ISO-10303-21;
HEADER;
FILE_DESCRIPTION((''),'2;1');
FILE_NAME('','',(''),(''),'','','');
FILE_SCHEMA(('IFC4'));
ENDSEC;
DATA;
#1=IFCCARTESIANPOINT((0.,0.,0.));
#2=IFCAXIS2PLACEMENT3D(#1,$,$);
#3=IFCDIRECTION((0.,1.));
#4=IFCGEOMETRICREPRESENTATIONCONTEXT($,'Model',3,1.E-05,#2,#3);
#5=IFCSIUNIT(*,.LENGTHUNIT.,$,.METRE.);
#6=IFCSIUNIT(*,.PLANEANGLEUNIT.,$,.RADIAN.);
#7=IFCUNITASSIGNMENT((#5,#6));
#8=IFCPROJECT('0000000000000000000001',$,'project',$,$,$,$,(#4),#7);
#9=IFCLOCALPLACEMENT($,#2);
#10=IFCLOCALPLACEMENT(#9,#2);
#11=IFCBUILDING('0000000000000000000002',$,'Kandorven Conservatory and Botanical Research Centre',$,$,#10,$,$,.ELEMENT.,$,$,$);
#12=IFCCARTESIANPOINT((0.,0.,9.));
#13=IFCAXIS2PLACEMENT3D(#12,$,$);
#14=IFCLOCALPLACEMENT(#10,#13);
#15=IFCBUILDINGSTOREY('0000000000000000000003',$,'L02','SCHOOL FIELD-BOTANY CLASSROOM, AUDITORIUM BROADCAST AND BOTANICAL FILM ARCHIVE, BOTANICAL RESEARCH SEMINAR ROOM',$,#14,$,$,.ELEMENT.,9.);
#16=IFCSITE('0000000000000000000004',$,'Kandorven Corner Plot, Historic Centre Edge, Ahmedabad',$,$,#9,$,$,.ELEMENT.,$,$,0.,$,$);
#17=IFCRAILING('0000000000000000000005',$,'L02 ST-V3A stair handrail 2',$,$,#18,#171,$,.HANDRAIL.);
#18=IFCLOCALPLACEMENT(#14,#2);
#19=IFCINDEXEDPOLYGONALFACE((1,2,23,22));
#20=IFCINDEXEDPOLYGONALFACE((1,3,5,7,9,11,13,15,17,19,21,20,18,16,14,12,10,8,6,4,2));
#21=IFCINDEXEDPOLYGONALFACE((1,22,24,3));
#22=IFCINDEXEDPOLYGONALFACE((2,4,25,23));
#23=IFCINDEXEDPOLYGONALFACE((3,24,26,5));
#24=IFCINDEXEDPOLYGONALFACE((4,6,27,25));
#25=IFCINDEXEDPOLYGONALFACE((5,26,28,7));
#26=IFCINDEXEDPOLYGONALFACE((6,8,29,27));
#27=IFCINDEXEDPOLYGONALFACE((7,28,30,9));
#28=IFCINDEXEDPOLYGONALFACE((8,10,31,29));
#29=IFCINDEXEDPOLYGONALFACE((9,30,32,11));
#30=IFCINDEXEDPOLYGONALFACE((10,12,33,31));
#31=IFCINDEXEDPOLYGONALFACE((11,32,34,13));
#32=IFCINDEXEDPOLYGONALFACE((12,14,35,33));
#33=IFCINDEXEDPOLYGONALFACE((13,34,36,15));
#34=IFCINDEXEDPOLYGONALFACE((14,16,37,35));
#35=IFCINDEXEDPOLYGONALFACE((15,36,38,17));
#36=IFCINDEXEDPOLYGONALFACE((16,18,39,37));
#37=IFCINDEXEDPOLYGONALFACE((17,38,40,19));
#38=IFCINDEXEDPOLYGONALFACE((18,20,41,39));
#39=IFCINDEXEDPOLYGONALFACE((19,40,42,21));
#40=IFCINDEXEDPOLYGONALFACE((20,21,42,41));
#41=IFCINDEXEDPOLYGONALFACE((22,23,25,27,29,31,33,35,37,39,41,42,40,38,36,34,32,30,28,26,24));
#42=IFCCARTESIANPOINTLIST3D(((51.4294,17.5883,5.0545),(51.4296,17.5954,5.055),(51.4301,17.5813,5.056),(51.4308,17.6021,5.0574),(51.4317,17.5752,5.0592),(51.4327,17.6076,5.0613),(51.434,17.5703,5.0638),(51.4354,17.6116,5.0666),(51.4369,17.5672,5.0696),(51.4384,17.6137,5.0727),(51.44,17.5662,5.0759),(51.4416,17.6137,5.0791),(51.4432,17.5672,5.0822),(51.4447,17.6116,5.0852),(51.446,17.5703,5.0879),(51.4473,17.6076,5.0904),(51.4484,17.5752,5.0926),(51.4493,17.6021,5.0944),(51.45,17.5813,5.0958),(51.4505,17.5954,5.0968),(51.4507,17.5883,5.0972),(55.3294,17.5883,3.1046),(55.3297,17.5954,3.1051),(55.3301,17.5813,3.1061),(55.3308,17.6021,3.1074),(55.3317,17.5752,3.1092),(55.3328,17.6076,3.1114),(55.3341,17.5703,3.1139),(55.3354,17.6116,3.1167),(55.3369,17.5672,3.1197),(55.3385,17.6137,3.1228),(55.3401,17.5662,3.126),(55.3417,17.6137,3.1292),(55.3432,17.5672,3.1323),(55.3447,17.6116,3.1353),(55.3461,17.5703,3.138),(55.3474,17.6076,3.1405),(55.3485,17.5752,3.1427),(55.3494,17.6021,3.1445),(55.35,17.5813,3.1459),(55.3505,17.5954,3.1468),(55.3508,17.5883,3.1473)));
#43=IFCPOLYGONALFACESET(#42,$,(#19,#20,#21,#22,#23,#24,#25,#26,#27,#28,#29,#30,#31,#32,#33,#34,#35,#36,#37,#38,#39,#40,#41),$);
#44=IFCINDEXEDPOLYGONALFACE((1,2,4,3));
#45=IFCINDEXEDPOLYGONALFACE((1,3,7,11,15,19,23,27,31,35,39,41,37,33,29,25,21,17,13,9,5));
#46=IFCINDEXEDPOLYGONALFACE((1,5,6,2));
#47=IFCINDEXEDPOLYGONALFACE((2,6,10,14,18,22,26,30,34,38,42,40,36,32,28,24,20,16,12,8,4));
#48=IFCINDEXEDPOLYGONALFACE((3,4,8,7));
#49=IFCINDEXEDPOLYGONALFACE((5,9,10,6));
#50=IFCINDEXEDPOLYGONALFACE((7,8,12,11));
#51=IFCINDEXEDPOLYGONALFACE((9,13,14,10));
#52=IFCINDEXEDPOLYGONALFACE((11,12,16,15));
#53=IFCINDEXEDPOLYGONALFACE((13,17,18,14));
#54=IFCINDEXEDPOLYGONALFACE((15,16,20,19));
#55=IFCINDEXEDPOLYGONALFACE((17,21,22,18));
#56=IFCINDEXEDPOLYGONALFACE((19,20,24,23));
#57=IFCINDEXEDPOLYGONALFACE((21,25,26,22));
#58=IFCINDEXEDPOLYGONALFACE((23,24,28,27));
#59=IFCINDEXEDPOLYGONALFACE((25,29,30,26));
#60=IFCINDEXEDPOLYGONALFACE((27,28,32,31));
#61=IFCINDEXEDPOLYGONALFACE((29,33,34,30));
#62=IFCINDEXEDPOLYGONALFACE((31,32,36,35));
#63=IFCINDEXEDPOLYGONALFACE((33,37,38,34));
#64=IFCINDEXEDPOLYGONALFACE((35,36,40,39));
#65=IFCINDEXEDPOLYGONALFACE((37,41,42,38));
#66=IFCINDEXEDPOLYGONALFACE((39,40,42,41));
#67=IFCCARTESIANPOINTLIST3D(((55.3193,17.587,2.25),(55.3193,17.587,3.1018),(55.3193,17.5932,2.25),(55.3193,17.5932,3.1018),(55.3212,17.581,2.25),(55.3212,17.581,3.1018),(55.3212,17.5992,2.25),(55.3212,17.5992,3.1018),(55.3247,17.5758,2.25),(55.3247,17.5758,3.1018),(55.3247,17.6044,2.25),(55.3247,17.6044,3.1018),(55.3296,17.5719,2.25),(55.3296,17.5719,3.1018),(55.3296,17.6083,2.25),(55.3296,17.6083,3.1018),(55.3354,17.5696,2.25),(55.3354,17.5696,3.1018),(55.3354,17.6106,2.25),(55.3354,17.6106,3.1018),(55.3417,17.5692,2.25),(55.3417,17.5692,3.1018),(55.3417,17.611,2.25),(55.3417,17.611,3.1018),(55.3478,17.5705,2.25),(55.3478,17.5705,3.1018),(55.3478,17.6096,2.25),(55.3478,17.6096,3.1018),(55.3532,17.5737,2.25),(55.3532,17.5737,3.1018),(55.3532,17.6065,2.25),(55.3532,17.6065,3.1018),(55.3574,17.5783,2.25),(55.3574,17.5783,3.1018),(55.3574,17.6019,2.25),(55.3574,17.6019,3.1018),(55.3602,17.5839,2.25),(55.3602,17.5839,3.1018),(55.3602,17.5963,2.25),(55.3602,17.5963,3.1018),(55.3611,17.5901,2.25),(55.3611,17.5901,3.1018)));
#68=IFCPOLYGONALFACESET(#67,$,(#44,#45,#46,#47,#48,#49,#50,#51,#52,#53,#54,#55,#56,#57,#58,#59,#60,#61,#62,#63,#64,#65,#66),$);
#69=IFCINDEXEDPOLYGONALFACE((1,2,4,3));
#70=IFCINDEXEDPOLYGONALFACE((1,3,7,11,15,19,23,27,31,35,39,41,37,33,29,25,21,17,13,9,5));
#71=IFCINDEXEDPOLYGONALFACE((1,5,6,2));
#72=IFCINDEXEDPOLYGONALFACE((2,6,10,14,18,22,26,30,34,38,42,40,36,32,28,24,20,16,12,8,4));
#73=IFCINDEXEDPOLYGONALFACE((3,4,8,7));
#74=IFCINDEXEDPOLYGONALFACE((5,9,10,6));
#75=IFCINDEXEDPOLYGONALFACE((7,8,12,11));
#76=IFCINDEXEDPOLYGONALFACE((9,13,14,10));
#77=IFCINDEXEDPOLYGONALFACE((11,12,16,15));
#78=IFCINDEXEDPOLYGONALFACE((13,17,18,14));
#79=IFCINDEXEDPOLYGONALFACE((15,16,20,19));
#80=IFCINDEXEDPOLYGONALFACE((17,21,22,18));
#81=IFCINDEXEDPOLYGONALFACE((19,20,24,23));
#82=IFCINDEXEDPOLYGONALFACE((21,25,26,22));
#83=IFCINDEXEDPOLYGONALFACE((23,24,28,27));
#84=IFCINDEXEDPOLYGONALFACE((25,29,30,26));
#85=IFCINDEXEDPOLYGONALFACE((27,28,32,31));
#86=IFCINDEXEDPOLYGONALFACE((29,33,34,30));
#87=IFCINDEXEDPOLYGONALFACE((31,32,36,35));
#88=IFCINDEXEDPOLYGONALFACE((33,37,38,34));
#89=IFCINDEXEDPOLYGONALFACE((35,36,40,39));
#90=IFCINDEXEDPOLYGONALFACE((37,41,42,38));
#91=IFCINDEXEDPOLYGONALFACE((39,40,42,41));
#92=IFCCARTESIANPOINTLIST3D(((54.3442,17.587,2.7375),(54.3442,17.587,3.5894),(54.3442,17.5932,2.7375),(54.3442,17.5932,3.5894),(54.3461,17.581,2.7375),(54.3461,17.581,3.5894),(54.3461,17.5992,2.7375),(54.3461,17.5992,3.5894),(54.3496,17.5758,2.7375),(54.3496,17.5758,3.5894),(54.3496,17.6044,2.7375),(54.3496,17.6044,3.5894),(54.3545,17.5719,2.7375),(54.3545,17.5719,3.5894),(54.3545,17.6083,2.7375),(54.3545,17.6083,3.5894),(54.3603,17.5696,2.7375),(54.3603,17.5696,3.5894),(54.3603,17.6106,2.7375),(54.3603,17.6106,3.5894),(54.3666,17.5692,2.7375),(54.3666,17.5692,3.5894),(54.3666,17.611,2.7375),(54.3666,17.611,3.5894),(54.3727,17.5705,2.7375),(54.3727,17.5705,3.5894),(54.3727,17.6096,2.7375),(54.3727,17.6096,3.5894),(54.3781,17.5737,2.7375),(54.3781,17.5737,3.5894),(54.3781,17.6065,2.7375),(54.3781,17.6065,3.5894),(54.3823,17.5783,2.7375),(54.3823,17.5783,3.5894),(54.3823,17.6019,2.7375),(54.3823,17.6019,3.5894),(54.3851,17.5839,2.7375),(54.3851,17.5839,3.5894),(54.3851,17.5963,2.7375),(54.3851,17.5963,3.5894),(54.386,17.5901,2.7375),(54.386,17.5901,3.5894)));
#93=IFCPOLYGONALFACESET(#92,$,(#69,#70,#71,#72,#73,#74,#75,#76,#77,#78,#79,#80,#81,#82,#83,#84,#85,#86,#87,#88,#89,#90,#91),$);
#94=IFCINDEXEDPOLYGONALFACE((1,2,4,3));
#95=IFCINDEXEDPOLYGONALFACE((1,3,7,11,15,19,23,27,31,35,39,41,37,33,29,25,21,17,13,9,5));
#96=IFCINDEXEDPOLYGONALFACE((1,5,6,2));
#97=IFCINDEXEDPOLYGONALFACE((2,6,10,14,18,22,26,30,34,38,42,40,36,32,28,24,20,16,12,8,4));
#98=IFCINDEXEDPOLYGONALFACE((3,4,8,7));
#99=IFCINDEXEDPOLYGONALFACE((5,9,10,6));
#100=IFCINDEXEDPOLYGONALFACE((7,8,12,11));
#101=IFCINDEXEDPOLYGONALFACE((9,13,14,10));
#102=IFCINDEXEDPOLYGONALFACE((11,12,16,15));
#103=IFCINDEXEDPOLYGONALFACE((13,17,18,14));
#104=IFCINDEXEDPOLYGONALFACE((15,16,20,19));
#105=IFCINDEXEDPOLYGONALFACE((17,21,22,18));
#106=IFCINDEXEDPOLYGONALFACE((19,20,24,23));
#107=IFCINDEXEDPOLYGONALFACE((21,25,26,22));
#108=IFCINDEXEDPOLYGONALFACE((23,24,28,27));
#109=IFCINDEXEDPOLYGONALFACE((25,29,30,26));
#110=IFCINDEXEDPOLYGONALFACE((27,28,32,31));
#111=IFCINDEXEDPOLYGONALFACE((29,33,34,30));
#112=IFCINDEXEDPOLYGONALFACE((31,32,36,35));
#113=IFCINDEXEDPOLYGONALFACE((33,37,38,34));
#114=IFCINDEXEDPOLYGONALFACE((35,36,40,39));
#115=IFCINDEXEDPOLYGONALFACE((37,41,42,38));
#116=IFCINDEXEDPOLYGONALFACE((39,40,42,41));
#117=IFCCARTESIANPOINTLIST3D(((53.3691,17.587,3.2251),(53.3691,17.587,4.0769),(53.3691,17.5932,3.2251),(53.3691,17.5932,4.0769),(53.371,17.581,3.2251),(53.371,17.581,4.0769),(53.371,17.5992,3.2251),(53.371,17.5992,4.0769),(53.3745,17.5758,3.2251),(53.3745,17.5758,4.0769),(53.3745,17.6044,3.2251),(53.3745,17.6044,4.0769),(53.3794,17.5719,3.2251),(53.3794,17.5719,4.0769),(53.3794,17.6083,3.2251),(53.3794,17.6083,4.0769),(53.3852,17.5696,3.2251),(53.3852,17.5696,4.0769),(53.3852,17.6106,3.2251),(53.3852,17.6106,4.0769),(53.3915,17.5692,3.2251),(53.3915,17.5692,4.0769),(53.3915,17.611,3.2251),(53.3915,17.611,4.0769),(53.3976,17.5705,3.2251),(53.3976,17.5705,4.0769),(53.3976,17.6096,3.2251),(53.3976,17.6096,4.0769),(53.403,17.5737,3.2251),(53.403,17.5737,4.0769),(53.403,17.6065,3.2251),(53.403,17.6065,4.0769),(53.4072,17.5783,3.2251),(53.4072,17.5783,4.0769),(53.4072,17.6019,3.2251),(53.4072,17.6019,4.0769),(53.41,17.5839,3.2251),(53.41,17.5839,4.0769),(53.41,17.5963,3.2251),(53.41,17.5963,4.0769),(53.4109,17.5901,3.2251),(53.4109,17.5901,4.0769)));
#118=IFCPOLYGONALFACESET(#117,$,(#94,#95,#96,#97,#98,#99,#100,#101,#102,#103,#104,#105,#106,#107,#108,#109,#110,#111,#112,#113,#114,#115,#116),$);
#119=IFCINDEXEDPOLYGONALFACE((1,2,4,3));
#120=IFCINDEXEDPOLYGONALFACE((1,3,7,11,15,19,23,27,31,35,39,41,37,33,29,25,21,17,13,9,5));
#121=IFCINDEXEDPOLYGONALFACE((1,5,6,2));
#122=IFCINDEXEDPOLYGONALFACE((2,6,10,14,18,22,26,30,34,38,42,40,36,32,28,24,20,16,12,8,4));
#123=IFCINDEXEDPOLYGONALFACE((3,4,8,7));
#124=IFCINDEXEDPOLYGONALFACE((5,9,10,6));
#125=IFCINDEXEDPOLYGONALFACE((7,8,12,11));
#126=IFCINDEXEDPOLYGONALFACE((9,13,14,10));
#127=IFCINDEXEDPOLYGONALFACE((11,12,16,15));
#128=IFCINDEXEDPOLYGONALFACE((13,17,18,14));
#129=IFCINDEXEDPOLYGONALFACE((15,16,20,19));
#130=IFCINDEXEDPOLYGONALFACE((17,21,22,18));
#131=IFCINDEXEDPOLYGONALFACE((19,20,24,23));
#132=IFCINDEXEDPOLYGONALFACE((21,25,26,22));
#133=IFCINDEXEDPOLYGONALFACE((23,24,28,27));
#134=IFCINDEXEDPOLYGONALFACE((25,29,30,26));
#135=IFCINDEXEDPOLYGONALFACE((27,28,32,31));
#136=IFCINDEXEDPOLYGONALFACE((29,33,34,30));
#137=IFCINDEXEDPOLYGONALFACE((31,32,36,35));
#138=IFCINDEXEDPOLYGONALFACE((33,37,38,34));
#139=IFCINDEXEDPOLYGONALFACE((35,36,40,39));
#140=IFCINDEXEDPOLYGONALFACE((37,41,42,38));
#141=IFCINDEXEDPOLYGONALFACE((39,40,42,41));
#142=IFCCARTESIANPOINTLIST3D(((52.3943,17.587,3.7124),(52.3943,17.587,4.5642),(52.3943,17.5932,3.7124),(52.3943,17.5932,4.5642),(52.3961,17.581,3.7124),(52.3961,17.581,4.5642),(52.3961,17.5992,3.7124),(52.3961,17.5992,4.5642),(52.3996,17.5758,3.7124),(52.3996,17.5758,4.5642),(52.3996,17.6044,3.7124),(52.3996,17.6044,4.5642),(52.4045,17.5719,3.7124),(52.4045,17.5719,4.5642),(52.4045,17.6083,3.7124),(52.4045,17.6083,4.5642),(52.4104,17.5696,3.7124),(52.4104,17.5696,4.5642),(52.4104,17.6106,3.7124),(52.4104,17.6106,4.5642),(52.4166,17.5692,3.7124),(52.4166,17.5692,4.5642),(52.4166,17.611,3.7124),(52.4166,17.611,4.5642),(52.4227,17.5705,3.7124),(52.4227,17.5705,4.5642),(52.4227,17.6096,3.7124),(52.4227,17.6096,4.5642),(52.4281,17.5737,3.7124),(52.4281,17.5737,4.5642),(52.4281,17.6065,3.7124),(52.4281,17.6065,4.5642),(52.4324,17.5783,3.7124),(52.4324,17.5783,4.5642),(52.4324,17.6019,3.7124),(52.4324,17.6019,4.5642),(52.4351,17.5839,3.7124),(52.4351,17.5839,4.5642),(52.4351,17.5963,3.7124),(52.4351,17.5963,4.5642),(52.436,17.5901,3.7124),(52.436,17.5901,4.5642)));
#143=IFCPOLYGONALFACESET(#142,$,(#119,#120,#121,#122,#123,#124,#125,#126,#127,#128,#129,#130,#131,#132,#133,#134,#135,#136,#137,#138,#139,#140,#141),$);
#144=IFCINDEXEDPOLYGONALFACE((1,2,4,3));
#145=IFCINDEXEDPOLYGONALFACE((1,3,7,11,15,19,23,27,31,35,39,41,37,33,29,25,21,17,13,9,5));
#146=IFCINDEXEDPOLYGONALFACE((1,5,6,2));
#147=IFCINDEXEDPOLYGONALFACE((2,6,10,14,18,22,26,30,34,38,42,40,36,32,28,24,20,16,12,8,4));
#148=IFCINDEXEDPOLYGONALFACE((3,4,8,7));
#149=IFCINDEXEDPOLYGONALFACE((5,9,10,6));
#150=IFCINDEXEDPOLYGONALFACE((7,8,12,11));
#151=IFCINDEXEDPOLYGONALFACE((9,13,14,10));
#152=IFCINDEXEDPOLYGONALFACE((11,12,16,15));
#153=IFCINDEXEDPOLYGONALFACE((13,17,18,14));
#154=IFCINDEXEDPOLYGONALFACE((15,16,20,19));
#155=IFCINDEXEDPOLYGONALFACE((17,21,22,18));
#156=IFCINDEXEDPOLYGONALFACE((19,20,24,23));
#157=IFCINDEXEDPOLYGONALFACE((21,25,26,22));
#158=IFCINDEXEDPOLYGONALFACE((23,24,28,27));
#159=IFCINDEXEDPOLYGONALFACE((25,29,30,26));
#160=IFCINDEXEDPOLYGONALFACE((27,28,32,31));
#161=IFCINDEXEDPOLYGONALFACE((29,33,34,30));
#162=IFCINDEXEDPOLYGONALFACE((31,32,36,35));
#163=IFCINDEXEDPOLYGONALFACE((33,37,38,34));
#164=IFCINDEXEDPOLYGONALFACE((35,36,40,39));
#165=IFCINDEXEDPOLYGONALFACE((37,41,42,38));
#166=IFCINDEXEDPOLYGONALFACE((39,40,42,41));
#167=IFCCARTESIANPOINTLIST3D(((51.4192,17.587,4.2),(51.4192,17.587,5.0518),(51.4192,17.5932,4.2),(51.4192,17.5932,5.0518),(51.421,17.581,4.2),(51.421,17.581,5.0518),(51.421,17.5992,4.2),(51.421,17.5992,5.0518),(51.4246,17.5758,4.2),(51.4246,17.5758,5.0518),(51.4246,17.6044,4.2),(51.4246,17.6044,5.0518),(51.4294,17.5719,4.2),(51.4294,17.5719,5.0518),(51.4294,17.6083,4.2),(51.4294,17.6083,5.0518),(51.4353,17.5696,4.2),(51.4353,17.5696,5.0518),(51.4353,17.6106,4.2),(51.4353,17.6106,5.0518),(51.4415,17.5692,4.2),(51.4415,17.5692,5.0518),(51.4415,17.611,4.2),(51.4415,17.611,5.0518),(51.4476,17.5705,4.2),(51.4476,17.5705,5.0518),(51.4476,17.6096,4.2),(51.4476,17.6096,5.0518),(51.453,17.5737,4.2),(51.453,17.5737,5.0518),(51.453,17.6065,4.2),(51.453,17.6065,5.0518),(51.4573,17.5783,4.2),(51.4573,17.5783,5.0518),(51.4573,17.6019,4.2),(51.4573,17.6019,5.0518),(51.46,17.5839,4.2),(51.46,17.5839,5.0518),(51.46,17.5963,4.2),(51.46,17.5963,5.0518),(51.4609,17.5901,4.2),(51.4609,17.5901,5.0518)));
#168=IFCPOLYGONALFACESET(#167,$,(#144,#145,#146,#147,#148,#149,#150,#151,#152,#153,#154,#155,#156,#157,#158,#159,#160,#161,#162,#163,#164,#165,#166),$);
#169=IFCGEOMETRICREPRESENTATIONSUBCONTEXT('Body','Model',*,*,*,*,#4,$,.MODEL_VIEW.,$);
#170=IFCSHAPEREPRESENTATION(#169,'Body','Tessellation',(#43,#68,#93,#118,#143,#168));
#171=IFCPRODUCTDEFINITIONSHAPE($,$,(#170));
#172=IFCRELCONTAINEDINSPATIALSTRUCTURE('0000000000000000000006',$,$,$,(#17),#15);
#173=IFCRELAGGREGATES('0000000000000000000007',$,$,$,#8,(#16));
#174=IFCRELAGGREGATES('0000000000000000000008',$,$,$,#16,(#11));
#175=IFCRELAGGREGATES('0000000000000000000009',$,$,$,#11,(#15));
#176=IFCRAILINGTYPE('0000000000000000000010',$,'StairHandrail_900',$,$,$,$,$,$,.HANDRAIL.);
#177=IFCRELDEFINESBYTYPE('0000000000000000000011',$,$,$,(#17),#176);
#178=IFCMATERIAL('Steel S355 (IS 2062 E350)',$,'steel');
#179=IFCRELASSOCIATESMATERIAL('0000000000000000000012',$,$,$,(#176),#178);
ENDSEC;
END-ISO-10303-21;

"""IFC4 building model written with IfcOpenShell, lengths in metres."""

from ifc_helpers import new_model, si_unit, direction, frame, origin, origin_2d, place, context, subcontext, project, spatial, circle, extrude, material, type_object, element, save


model = new_model("IFC4")

# Units and contexts
model_context = context("Model", 3, precision=1e-05, world=origin(), true_north=direction((0.0, 1.0)))
body_context = subcontext(model_context, "Body", "Model", "MODEL_VIEW")
ifc_project = project(units=[si_unit("LENGTHUNIT", "METRE"), si_unit("PLANEANGLEUNIT", "RADIAN")], contexts=[model_context])

# Site, building, storey
site_placement = place(None, origin())
site = spatial("IfcSite", under=ifc_project, at=site_placement, Name="Kandorven Corner Plot, Historic Centre Edge, Ahmedabad", CompositionType="ELEMENT", RefElevation=0.0)
building_placement = place(site_placement, origin())
building = spatial("IfcBuilding", under=site, at=building_placement, Name="Kandorven Conservatory and Botanical Research Centre", CompositionType="ELEMENT")
storey_placement = place(building_placement, frame((0.0, 0.0, 9.0)))
storey = spatial("IfcBuildingStorey", under=building, at=storey_placement, Name="L02", Description="SCHOOL FIELD-BOTANY CLASSROOM, AUDITORIUM BROADCAST AND BOTANICAL FILM ARCHIVE, BOTANICAL RESEARCH SEMINAR ROOM", CompositionType="ELEMENT", Elevation=9.0)

# Railing
ifc_material_1 = material(Name="Steel S355 (IS 2062 E350)", Category="steel")
railing_type_1 = type_object("IfcRailingType", Name="StairHandrail_900", PredefinedType="HANDRAIL", material=ifc_material_1)
railing_1_placement = place(storey_placement, frame((55.3401, 17.5901, 2.25)))
element("IfcRailing", 1, at=railing_1_placement, inside=storey, type_object=railing_type_1, Name="L02 ST-V3A stair handrail 2", PredefinedType="HANDRAIL", context=body_context, shape_type="SweptSolid", body=[
    extrude(circle(Radius=0.0239, at=origin_2d()), frame((0.0, 0.0, 0.876), z_axis=(-0.894438, 0.0, 0.447191), x_axis=(0.0, -1.0, 0.0)), (0.0, 0.0, 1.0), 4.3604),
    extrude(circle(Radius=0.021, at=origin_2d()), origin(), (0.0, 0.0, 1.0), 0.8518),
    extrude(circle(Radius=0.021, at=origin_2d()), frame((-0.9751, 0.0, 0.4875)), (0.0, 0.0, 1.0), 0.8518),
    extrude(circle(Radius=0.021, at=origin_2d()), frame((-1.9502, 0.0, 0.9751)), (0.0, 0.0, 1.0), 0.8518),
    extrude(circle(Radius=0.021, at=origin_2d()), frame((-2.925, 0.0, 1.4624)), (0.0, 0.0, 1.0), 0.8518),
    extrude(circle(Radius=0.021, at=origin_2d()), frame((-3.9001, 0.0, 1.95)), (0.0, 0.0, 1.0), 0.8518),
])

save(model, "model.ifc")
